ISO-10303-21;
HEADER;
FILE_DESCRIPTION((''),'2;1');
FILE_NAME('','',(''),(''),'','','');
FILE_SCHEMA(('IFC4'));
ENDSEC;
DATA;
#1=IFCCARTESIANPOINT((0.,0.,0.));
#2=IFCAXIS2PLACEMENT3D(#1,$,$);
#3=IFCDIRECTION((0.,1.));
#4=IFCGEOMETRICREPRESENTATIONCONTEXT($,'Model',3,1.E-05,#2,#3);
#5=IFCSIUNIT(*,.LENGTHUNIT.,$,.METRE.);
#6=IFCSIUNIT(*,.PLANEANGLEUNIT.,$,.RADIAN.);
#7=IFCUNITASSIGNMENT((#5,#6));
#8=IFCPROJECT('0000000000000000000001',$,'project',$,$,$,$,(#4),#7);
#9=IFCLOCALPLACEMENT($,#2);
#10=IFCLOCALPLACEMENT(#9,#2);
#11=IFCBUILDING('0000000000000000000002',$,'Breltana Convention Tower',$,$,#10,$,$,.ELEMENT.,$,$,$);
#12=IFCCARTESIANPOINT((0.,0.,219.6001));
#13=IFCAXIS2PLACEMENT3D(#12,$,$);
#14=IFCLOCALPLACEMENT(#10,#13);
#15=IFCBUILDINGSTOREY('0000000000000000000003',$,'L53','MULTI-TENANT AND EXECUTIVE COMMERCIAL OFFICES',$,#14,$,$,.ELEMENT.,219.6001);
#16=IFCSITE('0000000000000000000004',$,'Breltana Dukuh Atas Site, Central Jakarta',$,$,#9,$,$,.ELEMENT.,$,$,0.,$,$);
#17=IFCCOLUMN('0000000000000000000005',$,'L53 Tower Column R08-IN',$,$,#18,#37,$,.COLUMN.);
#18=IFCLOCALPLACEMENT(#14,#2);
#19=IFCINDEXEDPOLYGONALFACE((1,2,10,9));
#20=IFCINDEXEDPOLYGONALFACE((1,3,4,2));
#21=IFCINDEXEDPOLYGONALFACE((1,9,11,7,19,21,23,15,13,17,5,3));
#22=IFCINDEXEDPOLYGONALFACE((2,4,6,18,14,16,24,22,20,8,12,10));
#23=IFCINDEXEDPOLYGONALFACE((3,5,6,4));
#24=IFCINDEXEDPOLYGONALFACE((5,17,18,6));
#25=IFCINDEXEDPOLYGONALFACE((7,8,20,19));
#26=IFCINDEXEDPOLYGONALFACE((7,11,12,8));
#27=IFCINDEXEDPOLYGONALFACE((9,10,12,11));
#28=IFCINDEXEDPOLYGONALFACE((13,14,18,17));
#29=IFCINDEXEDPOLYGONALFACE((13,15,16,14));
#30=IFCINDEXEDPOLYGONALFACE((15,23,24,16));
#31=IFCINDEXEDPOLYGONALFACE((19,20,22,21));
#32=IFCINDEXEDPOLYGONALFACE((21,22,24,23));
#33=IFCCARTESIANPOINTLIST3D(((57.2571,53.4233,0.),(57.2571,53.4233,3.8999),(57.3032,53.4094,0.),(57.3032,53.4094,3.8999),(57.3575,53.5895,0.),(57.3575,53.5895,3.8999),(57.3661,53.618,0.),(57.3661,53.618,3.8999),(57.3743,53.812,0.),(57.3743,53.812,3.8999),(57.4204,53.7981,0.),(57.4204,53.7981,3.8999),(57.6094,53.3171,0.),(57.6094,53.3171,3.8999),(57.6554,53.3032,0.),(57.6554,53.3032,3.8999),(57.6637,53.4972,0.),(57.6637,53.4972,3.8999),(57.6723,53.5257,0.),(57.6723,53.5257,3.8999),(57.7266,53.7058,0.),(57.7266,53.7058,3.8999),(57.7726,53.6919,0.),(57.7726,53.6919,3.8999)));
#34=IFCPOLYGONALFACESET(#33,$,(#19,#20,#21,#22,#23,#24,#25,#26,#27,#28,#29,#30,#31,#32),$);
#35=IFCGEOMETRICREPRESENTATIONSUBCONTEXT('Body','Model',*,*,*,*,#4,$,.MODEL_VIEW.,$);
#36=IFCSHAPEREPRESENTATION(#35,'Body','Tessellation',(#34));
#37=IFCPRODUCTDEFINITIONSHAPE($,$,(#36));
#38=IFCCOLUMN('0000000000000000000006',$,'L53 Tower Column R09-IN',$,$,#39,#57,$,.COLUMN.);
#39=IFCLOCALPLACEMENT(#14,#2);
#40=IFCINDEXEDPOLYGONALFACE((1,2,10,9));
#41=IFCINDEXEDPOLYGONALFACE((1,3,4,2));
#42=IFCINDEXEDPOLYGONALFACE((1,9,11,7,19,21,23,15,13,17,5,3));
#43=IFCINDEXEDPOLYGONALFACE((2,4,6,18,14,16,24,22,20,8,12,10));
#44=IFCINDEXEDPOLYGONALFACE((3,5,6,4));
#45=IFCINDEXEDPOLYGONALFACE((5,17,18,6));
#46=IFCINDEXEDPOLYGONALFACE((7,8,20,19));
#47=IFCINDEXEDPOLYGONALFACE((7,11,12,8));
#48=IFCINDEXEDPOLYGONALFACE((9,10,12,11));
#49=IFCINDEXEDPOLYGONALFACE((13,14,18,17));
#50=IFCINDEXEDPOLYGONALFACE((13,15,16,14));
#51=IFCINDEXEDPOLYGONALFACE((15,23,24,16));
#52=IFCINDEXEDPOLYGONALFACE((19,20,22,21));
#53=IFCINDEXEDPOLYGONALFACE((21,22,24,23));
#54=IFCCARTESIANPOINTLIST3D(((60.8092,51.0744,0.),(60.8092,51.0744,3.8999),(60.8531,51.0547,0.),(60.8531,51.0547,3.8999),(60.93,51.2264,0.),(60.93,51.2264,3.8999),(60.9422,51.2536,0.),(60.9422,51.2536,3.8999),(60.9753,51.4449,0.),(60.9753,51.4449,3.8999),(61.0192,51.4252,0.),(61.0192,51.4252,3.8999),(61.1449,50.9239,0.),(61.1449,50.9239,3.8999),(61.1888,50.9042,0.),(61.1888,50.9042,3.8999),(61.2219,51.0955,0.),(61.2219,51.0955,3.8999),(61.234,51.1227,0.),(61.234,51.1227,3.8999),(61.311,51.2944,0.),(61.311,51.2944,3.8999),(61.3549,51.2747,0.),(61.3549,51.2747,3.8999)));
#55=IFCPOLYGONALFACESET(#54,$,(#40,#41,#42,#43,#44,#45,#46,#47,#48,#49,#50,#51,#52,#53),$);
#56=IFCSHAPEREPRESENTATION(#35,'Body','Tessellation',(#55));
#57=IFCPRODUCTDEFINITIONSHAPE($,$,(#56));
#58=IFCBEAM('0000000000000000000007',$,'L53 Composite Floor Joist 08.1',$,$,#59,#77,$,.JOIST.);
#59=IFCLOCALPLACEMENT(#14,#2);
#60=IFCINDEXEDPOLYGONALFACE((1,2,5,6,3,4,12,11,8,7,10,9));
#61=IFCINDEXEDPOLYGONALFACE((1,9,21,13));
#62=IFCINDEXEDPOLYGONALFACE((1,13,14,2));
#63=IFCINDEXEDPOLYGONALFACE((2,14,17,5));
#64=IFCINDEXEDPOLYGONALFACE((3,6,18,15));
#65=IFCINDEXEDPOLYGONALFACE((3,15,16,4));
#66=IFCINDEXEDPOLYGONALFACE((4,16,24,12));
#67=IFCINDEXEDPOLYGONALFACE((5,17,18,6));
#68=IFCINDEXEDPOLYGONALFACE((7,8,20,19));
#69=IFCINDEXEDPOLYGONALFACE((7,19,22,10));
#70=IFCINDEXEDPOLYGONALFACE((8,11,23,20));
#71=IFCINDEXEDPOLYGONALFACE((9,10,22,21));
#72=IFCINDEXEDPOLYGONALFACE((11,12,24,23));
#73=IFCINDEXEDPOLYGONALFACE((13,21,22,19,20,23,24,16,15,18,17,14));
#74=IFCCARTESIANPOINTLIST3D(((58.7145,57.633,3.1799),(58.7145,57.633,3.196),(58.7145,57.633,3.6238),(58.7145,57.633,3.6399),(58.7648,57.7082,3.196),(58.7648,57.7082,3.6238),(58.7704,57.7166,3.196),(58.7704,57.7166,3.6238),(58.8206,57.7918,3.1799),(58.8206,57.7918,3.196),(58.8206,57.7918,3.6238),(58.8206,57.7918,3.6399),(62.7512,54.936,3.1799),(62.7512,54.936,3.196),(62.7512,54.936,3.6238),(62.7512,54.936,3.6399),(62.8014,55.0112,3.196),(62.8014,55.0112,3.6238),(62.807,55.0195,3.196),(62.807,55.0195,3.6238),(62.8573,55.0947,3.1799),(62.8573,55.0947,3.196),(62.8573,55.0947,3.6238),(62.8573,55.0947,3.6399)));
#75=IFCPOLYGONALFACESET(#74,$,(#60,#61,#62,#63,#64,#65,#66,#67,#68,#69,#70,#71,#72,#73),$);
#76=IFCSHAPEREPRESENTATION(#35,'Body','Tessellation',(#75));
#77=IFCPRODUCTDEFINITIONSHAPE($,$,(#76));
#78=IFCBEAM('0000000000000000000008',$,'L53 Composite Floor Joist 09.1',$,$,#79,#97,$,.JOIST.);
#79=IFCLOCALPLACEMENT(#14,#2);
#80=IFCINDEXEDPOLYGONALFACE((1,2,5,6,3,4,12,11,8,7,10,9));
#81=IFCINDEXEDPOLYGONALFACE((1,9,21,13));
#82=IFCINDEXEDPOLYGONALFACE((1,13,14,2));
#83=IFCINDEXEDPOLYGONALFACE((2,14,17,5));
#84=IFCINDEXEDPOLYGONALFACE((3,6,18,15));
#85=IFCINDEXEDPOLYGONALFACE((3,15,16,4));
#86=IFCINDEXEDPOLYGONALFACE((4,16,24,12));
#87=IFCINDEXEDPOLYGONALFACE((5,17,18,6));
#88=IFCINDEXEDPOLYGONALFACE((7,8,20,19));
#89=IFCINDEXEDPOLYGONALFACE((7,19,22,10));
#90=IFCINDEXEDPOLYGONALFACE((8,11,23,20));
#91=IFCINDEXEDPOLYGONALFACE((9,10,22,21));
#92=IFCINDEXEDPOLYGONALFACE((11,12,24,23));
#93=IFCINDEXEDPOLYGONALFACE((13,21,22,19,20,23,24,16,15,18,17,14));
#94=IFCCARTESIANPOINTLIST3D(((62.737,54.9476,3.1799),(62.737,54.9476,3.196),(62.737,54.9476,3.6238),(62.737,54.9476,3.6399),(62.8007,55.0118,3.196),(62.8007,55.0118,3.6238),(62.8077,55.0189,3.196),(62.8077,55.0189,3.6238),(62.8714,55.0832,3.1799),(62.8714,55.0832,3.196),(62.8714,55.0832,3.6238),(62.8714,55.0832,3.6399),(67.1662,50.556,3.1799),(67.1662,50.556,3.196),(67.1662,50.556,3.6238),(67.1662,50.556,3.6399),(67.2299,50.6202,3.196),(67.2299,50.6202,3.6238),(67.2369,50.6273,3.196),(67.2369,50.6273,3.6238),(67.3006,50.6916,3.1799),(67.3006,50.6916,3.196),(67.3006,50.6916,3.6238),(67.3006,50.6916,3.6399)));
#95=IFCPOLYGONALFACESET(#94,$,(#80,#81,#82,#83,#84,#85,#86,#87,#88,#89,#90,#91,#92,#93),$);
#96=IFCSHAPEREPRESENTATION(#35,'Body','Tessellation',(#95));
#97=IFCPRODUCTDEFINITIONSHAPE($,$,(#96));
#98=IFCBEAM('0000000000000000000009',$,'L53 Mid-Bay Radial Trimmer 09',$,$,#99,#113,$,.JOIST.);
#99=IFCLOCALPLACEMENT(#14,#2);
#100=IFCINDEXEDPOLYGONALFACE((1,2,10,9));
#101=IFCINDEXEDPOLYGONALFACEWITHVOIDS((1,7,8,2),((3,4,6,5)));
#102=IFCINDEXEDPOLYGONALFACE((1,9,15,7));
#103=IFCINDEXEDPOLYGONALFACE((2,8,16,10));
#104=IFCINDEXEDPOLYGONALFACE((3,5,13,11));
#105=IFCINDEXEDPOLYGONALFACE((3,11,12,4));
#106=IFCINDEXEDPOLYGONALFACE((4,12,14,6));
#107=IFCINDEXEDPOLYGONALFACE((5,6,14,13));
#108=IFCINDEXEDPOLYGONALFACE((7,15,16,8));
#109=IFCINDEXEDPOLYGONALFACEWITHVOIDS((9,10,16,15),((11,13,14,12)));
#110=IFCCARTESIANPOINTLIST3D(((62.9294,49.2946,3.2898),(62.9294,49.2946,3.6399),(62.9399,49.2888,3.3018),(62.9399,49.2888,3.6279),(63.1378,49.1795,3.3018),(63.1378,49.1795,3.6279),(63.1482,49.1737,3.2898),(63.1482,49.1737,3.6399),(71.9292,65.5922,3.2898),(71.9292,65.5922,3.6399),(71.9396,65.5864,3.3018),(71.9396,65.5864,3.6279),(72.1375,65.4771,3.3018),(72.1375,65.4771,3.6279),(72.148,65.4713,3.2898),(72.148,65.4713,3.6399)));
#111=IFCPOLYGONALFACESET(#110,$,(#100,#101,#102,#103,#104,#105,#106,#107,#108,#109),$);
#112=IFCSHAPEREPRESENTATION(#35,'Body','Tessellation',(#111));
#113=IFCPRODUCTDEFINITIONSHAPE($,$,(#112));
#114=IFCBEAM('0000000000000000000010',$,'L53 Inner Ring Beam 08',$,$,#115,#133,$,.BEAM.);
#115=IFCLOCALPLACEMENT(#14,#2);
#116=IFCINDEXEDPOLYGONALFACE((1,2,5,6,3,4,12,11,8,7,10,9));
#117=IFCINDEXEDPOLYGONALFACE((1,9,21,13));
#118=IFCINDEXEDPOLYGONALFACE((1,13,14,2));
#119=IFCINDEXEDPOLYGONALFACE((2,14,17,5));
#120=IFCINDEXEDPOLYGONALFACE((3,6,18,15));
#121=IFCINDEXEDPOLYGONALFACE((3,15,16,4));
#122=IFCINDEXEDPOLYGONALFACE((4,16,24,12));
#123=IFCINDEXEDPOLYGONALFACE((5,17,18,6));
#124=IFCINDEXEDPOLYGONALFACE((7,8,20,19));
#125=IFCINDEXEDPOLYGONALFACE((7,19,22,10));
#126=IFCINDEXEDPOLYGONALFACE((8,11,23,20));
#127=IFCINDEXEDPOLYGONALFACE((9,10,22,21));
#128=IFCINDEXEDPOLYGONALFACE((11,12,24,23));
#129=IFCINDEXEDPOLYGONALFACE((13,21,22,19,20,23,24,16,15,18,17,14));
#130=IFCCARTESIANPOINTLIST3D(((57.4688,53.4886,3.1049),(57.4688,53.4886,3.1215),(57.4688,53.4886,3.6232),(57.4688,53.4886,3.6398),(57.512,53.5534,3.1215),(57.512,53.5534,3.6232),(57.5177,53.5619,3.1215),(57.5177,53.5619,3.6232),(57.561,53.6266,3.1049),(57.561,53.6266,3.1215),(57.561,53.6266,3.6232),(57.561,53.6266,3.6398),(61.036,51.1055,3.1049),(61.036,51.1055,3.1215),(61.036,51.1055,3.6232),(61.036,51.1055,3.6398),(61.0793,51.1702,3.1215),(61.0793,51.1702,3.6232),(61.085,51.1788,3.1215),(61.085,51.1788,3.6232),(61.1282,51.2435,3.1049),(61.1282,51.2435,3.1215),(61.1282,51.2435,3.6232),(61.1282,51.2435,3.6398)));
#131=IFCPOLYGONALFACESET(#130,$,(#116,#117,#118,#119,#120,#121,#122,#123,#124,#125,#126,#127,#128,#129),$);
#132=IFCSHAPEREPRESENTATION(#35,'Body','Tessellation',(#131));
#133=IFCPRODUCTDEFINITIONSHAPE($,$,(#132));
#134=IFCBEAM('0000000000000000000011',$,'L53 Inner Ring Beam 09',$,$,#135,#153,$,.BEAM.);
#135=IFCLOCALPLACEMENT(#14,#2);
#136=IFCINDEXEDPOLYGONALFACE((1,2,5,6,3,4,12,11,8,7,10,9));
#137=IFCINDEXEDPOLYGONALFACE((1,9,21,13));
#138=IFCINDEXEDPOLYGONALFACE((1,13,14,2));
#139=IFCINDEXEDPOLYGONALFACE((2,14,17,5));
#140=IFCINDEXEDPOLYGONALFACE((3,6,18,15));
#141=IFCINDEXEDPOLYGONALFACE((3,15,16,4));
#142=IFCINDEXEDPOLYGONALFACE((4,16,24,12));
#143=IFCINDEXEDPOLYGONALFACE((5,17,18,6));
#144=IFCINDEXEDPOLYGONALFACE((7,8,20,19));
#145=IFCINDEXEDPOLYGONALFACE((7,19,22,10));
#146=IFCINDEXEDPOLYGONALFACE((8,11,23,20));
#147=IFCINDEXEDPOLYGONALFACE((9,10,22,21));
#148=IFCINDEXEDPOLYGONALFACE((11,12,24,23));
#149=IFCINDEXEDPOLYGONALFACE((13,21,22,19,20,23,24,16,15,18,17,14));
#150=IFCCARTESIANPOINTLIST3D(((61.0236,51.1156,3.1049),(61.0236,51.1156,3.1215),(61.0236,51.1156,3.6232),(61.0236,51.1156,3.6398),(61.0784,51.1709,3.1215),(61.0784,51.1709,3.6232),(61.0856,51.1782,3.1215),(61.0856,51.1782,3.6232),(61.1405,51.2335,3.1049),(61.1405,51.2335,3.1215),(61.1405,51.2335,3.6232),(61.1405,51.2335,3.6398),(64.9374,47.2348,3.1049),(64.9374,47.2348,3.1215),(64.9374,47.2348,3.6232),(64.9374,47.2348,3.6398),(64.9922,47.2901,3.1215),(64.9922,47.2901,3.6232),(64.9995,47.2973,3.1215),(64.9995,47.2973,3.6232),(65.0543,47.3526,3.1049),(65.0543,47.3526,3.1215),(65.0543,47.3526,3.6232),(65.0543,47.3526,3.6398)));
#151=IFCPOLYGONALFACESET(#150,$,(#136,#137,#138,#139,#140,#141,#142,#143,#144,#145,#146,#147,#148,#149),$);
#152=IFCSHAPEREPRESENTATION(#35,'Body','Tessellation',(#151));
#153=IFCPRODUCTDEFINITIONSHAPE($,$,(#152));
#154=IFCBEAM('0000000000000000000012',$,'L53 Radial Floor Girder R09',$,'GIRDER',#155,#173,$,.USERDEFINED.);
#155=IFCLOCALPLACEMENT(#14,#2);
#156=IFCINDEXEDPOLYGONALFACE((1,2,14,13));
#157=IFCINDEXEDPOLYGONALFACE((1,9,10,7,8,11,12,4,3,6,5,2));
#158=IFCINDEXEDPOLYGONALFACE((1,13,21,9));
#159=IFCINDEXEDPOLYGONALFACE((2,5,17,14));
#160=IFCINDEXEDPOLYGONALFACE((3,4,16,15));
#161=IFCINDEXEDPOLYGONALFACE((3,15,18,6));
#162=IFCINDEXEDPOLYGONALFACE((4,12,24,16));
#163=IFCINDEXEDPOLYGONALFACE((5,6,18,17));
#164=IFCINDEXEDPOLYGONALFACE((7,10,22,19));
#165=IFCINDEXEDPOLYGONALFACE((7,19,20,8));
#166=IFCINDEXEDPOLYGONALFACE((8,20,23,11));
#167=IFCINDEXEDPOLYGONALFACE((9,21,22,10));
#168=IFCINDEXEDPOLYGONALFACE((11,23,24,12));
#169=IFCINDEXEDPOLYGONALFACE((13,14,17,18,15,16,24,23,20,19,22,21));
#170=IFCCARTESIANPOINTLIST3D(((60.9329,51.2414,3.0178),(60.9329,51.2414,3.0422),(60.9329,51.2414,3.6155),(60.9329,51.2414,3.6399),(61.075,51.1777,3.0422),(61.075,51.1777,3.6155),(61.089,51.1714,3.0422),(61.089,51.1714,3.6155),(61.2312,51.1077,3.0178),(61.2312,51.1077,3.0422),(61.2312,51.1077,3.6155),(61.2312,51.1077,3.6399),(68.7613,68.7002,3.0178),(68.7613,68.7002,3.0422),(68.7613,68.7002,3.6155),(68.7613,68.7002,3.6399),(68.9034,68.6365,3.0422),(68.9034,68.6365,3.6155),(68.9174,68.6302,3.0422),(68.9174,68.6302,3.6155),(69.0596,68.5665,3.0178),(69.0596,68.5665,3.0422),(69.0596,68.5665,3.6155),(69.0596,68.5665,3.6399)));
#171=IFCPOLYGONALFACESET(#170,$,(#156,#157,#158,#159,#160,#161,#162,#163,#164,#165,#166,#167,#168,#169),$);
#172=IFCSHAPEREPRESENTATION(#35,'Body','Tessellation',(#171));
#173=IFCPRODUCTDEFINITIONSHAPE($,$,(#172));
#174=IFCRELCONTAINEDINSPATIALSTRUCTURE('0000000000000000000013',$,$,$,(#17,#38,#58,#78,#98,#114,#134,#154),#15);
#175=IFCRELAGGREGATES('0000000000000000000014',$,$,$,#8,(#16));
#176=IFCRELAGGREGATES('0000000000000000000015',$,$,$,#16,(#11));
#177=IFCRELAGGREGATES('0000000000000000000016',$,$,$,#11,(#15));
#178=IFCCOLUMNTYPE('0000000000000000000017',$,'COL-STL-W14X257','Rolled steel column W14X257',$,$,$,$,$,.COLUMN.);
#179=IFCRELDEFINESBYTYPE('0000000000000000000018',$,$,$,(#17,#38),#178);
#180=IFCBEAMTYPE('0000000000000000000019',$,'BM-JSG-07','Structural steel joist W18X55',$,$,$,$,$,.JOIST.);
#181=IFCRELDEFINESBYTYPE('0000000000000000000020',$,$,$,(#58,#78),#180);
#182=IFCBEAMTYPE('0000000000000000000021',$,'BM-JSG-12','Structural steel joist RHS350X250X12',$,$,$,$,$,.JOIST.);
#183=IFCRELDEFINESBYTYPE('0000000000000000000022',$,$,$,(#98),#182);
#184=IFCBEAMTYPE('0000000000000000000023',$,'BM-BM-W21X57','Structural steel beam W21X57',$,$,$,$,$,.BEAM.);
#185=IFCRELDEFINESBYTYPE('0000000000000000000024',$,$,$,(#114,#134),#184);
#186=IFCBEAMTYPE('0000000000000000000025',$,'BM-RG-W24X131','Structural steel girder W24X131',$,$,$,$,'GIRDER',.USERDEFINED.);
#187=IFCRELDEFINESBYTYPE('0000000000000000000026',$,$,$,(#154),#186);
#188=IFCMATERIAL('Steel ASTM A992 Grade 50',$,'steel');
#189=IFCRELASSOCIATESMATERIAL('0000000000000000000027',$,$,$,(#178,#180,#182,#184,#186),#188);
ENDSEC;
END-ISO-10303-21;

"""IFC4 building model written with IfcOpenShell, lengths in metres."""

from ifc_helpers import new_model, si_unit, direction, frame, origin, origin_2d, place, context, subcontext, project, spatial, hollow_rectangle, i_section, extrude, source, transform, mapped, material, material_profile, profile_set, type_object, element, save


model = new_model("IFC4")

# Units and contexts
model_context = context("Model", 3, precision=1e-05, world=origin(), true_north=direction((0.0, 1.0)))
body_context = subcontext(model_context, "Body", "Model", "MODEL_VIEW")
ifc_project = project(units=[si_unit("LENGTHUNIT", "METRE"), si_unit("PLANEANGLEUNIT", "RADIAN")], contexts=[model_context])

# Site, building, storey
site_placement = place(None, origin())
site = spatial("IfcSite", under=ifc_project, at=site_placement, Name="Breltana Dukuh Atas Site, Central Jakarta", CompositionType="ELEMENT", RefElevation=0.0)
building_placement = place(site_placement, origin())
building = spatial("IfcBuilding", under=site, at=building_placement, Name="Breltana Convention Tower", CompositionType="ELEMENT")
storey_placement = place(building_placement, frame((0.0, 0.0, 219.6001)))
storey = spatial("IfcBuildingStorey", under=building, at=storey_placement, Name="L53", Description="MULTI-TENANT AND EXECUTIVE COMMERCIAL OFFICES", CompositionType="ELEMENT", Elevation=219.6001)

# Columns
ifc_material_1 = material(Name="Steel ASTM A992 Grade 50", Category="steel")
ifc_material_profile_1 = material_profile(ifc_material_1, i_section(OverallWidth=0.406, OverallDepth=0.416, WebThickness=0.0298, FlangeThickness=0.0481, at=origin_2d()), Name="W14X257")
ifc_profile_set_1 = profile_set([ifc_material_profile_1], Name="Steel ASTM A992 Grade 50")
column_type = type_object("IfcColumnType", Name="COL-STL-W14X257", Description="Rolled steel column W14X257", PredefinedType="COLUMN", material=ifc_profile_set_1)
shared_shape_1 = source(origin(), body_context, "Body", "SweptSolid", [
    extrude(i_section(OverallWidth=0.406, OverallDepth=0.416, WebThickness=0.0298, FlangeThickness=0.0481, at=origin_2d()), origin(), (0.0, 0.0, 1.0), 3.8999),
])
for number, where, z_axis, x_axis, name in (
    (1, (57.5149, 53.5576, 0.0), (0.0, 0.0, 1.0), (0.288698, 0.95742, 0.0), "L53 Tower Column R08-IN"),
    (2, (61.082, 51.1746, 0.0), (0.0, 0.0, 1.0), (0.409127, 0.912477, 0.0), "L53 Tower Column R09-IN"),
):
    element("IfcColumn", number, at=place(storey_placement, frame(where, z_axis=z_axis, x_axis=x_axis)), inside=storey, type_object=column_type, Name=name, PredefinedType="COLUMN", context=body_context, shape_type="MappedRepresentation", body=[
        mapped(shared_shape_1, transform((0.0, 0.0, 0.0), scale=1.0)),
    ])

# Beams
ifc_material_profile_2 = material_profile(ifc_material_1, i_section(OverallWidth=0.1909, OverallDepth=0.46, WebThickness=0.01, FlangeThickness=0.0161, at=origin_2d()), Name="W18X55")
ifc_profile_set_2 = profile_set([ifc_material_profile_2], Name="Steel ASTM A992 Grade 50")
beam_type_1 = type_object("IfcBeamType", Name="BM-JSG-07", Description="Structural steel joist W18X55", PredefinedType="JOIST", material=ifc_profile_set_2)
shared_shape_2 = source(origin(), body_context, "Body", "SweptSolid", [
    extrude(i_section(OverallWidth=0.1909, OverallDepth=0.46, WebThickness=0.01, FlangeThickness=0.0161, at=origin_2d()), origin(), (0.0, 0.0, 1.0), 4.8547),
])
beam_1_placement = place(storey_placement, frame((58.7676, 57.7124, 3.4099), z_axis=(0.831485, -0.555547, 0.0), x_axis=(0.555547, 0.831485, 0.0)))
element("IfcBeam", 3, at=beam_1_placement, inside=storey, type_object=beam_type_1, Name="L53 Composite Floor Joist 08.1", PredefinedType="JOIST", context=body_context, shape_type="MappedRepresentation", body=[
    mapped(shared_shape_2, transform((0.0, 0.0, 0.0), scale=1.0)),
])
shared_shape_3 = source(origin(), body_context, "Body", "SweptSolid", [
    extrude(i_section(OverallWidth=0.1909, OverallDepth=0.46, WebThickness=0.01, FlangeThickness=0.0161, at=origin_2d()), origin(), (0.0, 0.0, 1.0), 6.2373),
])
beam_2_placement = place(storey_placement, frame((62.8042, 55.0154, 3.4099), z_axis=(0.710114, -0.704086, 0.0), x_axis=(0.704086, 0.710114, 0.0)))
element("IfcBeam", 4, at=beam_2_placement, inside=storey, type_object=beam_type_1, Name="L53 Composite Floor Joist 09.1", PredefinedType="JOIST", context=body_context, shape_type="MappedRepresentation", body=[
    mapped(shared_shape_3, transform((0.0, 0.0, 0.0), scale=1.0)),
])
ifc_material_profile_3 = material_profile(ifc_material_1, hollow_rectangle(XDim=0.25, YDim=0.3501, WallThickness=0.012, at=origin_2d()), Name="RHS350X250X12")
ifc_profile_set_3 = profile_set([ifc_material_profile_3], Name="Steel ASTM A992 Grade 50")
beam_type_2 = type_object("IfcBeamType", Name="BM-JSG-12", Description="Structural steel joist RHS350X250X12", PredefinedType="JOIST", material=ifc_profile_set_3)
shared_shape_4 = source(origin(), body_context, "Body", "SweptSolid", [
    extrude(hollow_rectangle(XDim=0.25, YDim=0.3501, WallThickness=0.012, at=origin_2d()), origin(), (0.0, 0.0, 1.0), 18.6174),
])
beam_3_placement = place(storey_placement, frame((63.0388, 49.2341, 3.4648), z_axis=(0.483406, 0.875396, 0.0), x_axis=(-0.875396, 0.483406, 0.0)))
element("IfcBeam", 5, at=beam_3_placement, inside=storey, type_object=beam_type_2, Name="L53 Mid-Bay Radial Trimmer 09", PredefinedType="JOIST", context=body_context, shape_type="MappedRepresentation", body=[
    mapped(shared_shape_4, transform((0.0, 0.0, 0.0), scale=1.0)),
])
ifc_material_profile_4 = material_profile(ifc_material_1, i_section(OverallWidth=0.166, OverallDepth=0.5349, WebThickness=0.0103, FlangeThickness=0.0166, at=origin_2d()), Name="W21X57")
ifc_profile_set_4 = profile_set([ifc_material_profile_4], Name="Steel ASTM A992 Grade 50")
beam_type_3 = type_object("IfcBeamType", Name="BM-BM-W21X57", Description="Structural steel beam W21X57", PredefinedType="BEAM", material=ifc_profile_set_4)
shared_shape_5 = source(origin(), body_context, "Body", "SweptSolid", [
    extrude(i_section(OverallWidth=0.166, OverallDepth=0.5349, WebThickness=0.0103, FlangeThickness=0.0166, at=origin_2d()), origin(), (0.0, 0.0, 1.0), 4.29),
])
beam_4_placement = place(storey_placement, frame((57.5149, 53.5576, 3.3723), z_axis=(0.831516, -0.555501, 0.0), x_axis=(0.555501, 0.831516, 0.0)))
element("IfcBeam", 6, at=beam_4_placement, inside=storey, type_object=beam_type_3, Name="L53 Inner Ring Beam 08", PredefinedType="BEAM", context=body_context, shape_type="MappedRepresentation", body=[
    mapped(shared_shape_5, transform((0.0, 0.0, 0.0), scale=1.0)),
])
shared_shape_6 = source(origin(), body_context, "Body", "SweptSolid", [
    extrude(i_section(OverallWidth=0.166, OverallDepth=0.5349, WebThickness=0.0103, FlangeThickness=0.0166, at=origin_2d()), origin(), (0.0, 0.0, 1.0), 5.5117),
])
beam_5_placement = place(storey_placement, frame((61.082, 51.1746, 3.3723), z_axis=(0.71009, -0.704111, 0.0), x_axis=(0.704111, 0.71009, 0.0)))
element("IfcBeam", 7, at=beam_5_placement, inside=storey, type_object=beam_type_3, Name="L53 Inner Ring Beam 09", PredefinedType="BEAM", context=body_context, shape_type="MappedRepresentation", body=[
    mapped(shared_shape_6, transform((0.0, 0.0, 0.0), scale=1.0)),
])
ifc_material_profile_5 = material_profile(ifc_material_1, i_section(OverallWidth=0.3269, OverallDepth=0.6221, WebThickness=0.0154, FlangeThickness=0.0244, at=origin_2d()), Name="W24X131")
ifc_profile_set_5 = profile_set([ifc_material_profile_5], Name="Steel ASTM A992 Grade 50")
beam_type_4 = type_object("IfcBeamType", Name="BM-RG-W24X131", Description="Structural steel girder W24X131", ElementType="GIRDER", PredefinedType="USERDEFINED", material=ifc_profile_set_5)
shared_shape_7 = source(origin(), body_context, "Body", "SweptSolid", [
    extrude(i_section(OverallWidth=0.3269, OverallDepth=0.6221, WebThickness=0.0154, FlangeThickness=0.0244, at=origin_2d()), origin(), (0.0, 0.0, 1.0), 19.1335),
])
beam_6_placement = place(storey_placement, frame((61.082, 51.1746, 3.3289), z_axis=(0.409145, 0.91247, 0.0), x_axis=(-0.91247, 0.409145, 0.0)))
element("IfcBeam", 8, at=beam_6_placement, inside=storey, type_object=beam_type_4, Name="L53 Radial Floor Girder R09", ObjectType="GIRDER", PredefinedType="USERDEFINED", context=body_context, shape_type="MappedRepresentation", body=[
    mapped(shared_shape_7, transform((0.0, 0.0, 0.0), scale=1.0)),
])

save(model, "model.ifc")
